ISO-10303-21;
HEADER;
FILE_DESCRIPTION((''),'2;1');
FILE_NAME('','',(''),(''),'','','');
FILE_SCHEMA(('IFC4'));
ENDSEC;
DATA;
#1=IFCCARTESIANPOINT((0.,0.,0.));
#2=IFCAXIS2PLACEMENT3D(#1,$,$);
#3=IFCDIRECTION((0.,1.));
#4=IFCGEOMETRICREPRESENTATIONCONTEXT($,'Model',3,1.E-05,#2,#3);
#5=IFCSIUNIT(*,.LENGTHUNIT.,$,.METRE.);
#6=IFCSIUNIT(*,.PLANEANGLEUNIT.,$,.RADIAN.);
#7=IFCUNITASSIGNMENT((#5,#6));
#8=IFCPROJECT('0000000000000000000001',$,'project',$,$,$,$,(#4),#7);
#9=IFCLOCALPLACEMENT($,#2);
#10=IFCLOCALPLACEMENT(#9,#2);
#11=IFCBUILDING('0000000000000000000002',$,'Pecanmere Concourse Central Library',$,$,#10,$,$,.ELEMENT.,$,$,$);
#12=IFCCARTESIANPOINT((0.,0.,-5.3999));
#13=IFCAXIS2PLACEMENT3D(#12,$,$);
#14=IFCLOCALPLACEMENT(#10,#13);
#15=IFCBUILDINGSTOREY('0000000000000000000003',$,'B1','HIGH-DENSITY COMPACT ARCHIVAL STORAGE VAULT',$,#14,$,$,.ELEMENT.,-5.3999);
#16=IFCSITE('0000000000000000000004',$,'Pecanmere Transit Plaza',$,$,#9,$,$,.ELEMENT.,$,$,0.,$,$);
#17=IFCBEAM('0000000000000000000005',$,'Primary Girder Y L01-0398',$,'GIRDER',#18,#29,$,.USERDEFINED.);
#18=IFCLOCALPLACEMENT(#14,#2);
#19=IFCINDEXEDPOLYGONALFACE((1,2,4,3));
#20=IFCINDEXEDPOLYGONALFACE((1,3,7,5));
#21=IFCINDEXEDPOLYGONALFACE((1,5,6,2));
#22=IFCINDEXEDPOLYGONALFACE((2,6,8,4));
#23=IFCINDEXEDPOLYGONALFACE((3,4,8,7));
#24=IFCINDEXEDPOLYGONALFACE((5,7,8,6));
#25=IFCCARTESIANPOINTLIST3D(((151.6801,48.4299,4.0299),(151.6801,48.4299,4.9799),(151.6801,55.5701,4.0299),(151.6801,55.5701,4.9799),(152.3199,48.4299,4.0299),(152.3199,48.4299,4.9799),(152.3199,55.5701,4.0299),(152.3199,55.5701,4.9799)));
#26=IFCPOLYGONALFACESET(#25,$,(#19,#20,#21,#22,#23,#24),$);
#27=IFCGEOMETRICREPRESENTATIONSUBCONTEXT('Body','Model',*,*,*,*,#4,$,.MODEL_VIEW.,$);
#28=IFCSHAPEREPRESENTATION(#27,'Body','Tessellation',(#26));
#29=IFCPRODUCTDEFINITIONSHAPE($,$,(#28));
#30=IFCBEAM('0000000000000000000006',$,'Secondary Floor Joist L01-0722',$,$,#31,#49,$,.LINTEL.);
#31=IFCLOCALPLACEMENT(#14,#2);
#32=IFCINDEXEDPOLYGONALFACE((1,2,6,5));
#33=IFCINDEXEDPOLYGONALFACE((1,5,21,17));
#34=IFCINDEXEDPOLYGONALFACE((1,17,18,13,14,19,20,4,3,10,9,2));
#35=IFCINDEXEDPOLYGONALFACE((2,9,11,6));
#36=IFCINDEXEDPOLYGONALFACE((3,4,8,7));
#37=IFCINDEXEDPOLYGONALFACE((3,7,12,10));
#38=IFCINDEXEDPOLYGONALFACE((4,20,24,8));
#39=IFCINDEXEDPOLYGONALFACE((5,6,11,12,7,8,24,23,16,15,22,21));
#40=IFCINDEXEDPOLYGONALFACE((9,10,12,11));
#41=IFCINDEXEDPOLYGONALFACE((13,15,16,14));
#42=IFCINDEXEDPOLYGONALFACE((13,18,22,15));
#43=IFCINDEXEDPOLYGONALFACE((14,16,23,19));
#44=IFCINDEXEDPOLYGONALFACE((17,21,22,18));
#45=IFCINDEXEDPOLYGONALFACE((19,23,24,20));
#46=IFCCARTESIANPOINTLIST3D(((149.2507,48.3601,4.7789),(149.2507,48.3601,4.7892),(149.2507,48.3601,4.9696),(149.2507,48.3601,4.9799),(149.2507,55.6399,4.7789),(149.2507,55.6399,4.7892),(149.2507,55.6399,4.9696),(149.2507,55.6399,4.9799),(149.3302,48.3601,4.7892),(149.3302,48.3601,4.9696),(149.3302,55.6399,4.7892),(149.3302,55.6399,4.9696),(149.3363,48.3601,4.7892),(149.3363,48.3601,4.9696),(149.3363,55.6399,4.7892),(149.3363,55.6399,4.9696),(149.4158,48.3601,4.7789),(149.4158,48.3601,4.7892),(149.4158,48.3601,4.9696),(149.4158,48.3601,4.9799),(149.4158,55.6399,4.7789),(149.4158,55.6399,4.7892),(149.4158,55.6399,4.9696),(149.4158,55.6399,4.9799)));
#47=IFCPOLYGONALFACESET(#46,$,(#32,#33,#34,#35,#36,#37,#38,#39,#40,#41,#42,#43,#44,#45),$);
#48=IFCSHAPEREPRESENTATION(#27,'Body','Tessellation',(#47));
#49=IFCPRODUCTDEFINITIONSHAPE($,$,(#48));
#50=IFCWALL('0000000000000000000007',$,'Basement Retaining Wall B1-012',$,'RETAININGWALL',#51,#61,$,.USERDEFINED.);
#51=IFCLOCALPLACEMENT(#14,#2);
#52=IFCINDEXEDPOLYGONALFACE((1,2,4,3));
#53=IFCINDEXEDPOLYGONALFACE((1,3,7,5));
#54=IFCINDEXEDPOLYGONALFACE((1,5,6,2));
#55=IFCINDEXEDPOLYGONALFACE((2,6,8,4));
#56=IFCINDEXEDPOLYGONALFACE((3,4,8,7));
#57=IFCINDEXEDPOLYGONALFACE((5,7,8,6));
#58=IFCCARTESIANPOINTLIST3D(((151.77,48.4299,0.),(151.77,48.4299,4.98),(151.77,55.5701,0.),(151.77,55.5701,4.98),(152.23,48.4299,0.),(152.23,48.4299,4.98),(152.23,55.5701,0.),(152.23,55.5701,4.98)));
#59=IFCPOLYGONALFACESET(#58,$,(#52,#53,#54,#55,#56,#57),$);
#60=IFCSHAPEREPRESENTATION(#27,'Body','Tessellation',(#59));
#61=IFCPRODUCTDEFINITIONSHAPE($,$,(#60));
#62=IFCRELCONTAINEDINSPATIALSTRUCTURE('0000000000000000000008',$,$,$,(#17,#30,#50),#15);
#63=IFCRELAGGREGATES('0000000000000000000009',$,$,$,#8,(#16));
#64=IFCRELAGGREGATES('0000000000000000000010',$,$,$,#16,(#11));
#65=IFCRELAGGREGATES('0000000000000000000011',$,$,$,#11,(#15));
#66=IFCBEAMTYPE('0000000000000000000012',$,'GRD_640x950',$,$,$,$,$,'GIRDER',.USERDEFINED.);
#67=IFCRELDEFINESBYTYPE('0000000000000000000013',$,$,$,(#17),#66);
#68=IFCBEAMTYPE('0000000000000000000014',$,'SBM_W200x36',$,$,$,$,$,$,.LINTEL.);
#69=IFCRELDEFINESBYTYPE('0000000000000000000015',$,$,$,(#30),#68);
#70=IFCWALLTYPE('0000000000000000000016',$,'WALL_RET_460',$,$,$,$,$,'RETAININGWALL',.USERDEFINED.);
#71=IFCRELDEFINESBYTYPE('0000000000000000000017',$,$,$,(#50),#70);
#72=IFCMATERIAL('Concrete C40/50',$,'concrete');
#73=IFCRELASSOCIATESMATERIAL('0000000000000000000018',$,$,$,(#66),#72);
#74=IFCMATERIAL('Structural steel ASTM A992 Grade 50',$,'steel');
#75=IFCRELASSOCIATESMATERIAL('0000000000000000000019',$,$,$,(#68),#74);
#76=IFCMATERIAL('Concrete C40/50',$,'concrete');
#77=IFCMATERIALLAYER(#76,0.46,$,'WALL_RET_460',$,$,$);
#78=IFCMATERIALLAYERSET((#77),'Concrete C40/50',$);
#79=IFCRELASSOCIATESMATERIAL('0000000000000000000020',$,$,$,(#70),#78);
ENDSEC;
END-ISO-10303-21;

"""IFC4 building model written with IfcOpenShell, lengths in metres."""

from ifc_helpers import new_model, si_unit, direction, frame, frame_2d, origin, origin_2d, place, context, subcontext, project, spatial, rectangle, i_section, extrude, material, layer, layer_set, material_profile, profile_set, type_object, element, save


model = new_model("IFC4")

# Units and contexts
model_context = context("Model", 3, precision=1e-05, world=origin(), true_north=direction((0.0, 1.0)))
body_context = subcontext(model_context, "Body", "Model", "MODEL_VIEW")
ifc_project = project(units=[si_unit("LENGTHUNIT", "METRE"), si_unit("PLANEANGLEUNIT", "RADIAN")], contexts=[model_context])

# Site, building, storey
site_placement = place(None, origin())
site = spatial("IfcSite", under=ifc_project, at=site_placement, Name="Pecanmere Transit Plaza", CompositionType="ELEMENT", RefElevation=0.0)
building_placement = place(site_placement, origin())
building = spatial("IfcBuilding", under=site, at=building_placement, Name="Pecanmere Concourse Central Library", CompositionType="ELEMENT")
storey_placement = place(building_placement, frame((0.0, 0.0, -5.3999)))
storey = spatial("IfcBuildingStorey", under=building, at=storey_placement, Name="B1", Description="HIGH-DENSITY COMPACT ARCHIVAL STORAGE VAULT", CompositionType="ELEMENT", Elevation=-5.3999)

# Beams
ifc_material_1 = material(Name="Concrete C40/50", Category="concrete")
ifc_material_profile_1 = material_profile(ifc_material_1, rectangle(XDim=0.6399, YDim=0.95, at=origin_2d()), Name="RC 640x950")
ifc_profile_set_1 = profile_set([ifc_material_profile_1], Name="Concrete C40/50")
beam_type_1 = type_object("IfcBeamType", Name="GRD_640x950", ElementType="GIRDER", PredefinedType="USERDEFINED", material=ifc_profile_set_1)
beam_1_placement = place(storey_placement, frame((152.0, 48.4299, 4.5049), z_axis=(0.0, 1.0, 0.0), x_axis=(-1.0, 0.0, 0.0)))
element("IfcBeam", 1, at=beam_1_placement, inside=storey, type_object=beam_type_1, Name="Primary Girder Y L01-0398", ObjectType="GIRDER", PredefinedType="USERDEFINED", context=body_context, shape_type="SweptSolid", body=[
    extrude(rectangle(XDim=0.6399, YDim=0.95, at=origin_2d()), origin(), (0.0, 0.0, 1.0), 7.1401),
])
ifc_material_2 = material(Name="Structural steel ASTM A992 Grade 50", Category="steel")
ifc_material_profile_2 = material_profile(ifc_material_2, i_section(OverallWidth=0.165, OverallDepth=0.2009, WebThickness=0.0061, FlangeThickness=0.0103, at=origin_2d()), Name="W200x35.9")
ifc_profile_set_2 = profile_set([ifc_material_profile_2], Name="Structural steel ASTM A992 Grade 50")
beam_type_2 = type_object("IfcBeamType", Name="SBM_W200x36", PredefinedType="LINTEL", material=ifc_profile_set_2)
beam_2_placement = place(storey_placement, frame((149.3333, 48.3601, 4.8794), z_axis=(0.0, 1.0, 0.0), x_axis=(-1.0, 0.0, 0.0)))
element("IfcBeam", 2, at=beam_2_placement, inside=storey, type_object=beam_type_2, Name="Secondary Floor Joist L01-0722", PredefinedType="LINTEL", context=body_context, shape_type="SweptSolid", body=[
    extrude(i_section(OverallWidth=0.165, OverallDepth=0.2009, WebThickness=0.0061, FlangeThickness=0.0103, at=origin_2d()), origin(), (0.0, 0.0, 1.0), 7.2798),
])

# Wall
ifc_material_3 = material(Name="Concrete C40/50", Category="concrete")
ifc_layer = layer(ifc_material_3, 0.46, Name="WALL_RET_460")
ifc_layer_set = layer_set([ifc_layer], Name="Concrete C40/50")
wall_type = type_object("IfcWallType", Name="WALL_RET_460", ElementType="RETAININGWALL", PredefinedType="USERDEFINED", material=ifc_layer_set)
wall_placement = place(storey_placement, frame((152.0, 48.4299, 0.0), z_axis=(0.0, 0.0, 1.0), x_axis=(0.0, 1.0, 0.0)))
element("IfcWall", 3, at=wall_placement, inside=storey, type_object=wall_type, Name="Basement Retaining Wall B1-012", ObjectType="RETAININGWALL", PredefinedType="USERDEFINED", context=body_context, shape_type="SweptSolid", body=[
    extrude(rectangle(XDim=7.1401, YDim=0.46, at=frame_2d((3.5701, 0.0))), origin(), (0.0, 0.0, 1.0), 4.98),
])

save(model, "model.ifc")
